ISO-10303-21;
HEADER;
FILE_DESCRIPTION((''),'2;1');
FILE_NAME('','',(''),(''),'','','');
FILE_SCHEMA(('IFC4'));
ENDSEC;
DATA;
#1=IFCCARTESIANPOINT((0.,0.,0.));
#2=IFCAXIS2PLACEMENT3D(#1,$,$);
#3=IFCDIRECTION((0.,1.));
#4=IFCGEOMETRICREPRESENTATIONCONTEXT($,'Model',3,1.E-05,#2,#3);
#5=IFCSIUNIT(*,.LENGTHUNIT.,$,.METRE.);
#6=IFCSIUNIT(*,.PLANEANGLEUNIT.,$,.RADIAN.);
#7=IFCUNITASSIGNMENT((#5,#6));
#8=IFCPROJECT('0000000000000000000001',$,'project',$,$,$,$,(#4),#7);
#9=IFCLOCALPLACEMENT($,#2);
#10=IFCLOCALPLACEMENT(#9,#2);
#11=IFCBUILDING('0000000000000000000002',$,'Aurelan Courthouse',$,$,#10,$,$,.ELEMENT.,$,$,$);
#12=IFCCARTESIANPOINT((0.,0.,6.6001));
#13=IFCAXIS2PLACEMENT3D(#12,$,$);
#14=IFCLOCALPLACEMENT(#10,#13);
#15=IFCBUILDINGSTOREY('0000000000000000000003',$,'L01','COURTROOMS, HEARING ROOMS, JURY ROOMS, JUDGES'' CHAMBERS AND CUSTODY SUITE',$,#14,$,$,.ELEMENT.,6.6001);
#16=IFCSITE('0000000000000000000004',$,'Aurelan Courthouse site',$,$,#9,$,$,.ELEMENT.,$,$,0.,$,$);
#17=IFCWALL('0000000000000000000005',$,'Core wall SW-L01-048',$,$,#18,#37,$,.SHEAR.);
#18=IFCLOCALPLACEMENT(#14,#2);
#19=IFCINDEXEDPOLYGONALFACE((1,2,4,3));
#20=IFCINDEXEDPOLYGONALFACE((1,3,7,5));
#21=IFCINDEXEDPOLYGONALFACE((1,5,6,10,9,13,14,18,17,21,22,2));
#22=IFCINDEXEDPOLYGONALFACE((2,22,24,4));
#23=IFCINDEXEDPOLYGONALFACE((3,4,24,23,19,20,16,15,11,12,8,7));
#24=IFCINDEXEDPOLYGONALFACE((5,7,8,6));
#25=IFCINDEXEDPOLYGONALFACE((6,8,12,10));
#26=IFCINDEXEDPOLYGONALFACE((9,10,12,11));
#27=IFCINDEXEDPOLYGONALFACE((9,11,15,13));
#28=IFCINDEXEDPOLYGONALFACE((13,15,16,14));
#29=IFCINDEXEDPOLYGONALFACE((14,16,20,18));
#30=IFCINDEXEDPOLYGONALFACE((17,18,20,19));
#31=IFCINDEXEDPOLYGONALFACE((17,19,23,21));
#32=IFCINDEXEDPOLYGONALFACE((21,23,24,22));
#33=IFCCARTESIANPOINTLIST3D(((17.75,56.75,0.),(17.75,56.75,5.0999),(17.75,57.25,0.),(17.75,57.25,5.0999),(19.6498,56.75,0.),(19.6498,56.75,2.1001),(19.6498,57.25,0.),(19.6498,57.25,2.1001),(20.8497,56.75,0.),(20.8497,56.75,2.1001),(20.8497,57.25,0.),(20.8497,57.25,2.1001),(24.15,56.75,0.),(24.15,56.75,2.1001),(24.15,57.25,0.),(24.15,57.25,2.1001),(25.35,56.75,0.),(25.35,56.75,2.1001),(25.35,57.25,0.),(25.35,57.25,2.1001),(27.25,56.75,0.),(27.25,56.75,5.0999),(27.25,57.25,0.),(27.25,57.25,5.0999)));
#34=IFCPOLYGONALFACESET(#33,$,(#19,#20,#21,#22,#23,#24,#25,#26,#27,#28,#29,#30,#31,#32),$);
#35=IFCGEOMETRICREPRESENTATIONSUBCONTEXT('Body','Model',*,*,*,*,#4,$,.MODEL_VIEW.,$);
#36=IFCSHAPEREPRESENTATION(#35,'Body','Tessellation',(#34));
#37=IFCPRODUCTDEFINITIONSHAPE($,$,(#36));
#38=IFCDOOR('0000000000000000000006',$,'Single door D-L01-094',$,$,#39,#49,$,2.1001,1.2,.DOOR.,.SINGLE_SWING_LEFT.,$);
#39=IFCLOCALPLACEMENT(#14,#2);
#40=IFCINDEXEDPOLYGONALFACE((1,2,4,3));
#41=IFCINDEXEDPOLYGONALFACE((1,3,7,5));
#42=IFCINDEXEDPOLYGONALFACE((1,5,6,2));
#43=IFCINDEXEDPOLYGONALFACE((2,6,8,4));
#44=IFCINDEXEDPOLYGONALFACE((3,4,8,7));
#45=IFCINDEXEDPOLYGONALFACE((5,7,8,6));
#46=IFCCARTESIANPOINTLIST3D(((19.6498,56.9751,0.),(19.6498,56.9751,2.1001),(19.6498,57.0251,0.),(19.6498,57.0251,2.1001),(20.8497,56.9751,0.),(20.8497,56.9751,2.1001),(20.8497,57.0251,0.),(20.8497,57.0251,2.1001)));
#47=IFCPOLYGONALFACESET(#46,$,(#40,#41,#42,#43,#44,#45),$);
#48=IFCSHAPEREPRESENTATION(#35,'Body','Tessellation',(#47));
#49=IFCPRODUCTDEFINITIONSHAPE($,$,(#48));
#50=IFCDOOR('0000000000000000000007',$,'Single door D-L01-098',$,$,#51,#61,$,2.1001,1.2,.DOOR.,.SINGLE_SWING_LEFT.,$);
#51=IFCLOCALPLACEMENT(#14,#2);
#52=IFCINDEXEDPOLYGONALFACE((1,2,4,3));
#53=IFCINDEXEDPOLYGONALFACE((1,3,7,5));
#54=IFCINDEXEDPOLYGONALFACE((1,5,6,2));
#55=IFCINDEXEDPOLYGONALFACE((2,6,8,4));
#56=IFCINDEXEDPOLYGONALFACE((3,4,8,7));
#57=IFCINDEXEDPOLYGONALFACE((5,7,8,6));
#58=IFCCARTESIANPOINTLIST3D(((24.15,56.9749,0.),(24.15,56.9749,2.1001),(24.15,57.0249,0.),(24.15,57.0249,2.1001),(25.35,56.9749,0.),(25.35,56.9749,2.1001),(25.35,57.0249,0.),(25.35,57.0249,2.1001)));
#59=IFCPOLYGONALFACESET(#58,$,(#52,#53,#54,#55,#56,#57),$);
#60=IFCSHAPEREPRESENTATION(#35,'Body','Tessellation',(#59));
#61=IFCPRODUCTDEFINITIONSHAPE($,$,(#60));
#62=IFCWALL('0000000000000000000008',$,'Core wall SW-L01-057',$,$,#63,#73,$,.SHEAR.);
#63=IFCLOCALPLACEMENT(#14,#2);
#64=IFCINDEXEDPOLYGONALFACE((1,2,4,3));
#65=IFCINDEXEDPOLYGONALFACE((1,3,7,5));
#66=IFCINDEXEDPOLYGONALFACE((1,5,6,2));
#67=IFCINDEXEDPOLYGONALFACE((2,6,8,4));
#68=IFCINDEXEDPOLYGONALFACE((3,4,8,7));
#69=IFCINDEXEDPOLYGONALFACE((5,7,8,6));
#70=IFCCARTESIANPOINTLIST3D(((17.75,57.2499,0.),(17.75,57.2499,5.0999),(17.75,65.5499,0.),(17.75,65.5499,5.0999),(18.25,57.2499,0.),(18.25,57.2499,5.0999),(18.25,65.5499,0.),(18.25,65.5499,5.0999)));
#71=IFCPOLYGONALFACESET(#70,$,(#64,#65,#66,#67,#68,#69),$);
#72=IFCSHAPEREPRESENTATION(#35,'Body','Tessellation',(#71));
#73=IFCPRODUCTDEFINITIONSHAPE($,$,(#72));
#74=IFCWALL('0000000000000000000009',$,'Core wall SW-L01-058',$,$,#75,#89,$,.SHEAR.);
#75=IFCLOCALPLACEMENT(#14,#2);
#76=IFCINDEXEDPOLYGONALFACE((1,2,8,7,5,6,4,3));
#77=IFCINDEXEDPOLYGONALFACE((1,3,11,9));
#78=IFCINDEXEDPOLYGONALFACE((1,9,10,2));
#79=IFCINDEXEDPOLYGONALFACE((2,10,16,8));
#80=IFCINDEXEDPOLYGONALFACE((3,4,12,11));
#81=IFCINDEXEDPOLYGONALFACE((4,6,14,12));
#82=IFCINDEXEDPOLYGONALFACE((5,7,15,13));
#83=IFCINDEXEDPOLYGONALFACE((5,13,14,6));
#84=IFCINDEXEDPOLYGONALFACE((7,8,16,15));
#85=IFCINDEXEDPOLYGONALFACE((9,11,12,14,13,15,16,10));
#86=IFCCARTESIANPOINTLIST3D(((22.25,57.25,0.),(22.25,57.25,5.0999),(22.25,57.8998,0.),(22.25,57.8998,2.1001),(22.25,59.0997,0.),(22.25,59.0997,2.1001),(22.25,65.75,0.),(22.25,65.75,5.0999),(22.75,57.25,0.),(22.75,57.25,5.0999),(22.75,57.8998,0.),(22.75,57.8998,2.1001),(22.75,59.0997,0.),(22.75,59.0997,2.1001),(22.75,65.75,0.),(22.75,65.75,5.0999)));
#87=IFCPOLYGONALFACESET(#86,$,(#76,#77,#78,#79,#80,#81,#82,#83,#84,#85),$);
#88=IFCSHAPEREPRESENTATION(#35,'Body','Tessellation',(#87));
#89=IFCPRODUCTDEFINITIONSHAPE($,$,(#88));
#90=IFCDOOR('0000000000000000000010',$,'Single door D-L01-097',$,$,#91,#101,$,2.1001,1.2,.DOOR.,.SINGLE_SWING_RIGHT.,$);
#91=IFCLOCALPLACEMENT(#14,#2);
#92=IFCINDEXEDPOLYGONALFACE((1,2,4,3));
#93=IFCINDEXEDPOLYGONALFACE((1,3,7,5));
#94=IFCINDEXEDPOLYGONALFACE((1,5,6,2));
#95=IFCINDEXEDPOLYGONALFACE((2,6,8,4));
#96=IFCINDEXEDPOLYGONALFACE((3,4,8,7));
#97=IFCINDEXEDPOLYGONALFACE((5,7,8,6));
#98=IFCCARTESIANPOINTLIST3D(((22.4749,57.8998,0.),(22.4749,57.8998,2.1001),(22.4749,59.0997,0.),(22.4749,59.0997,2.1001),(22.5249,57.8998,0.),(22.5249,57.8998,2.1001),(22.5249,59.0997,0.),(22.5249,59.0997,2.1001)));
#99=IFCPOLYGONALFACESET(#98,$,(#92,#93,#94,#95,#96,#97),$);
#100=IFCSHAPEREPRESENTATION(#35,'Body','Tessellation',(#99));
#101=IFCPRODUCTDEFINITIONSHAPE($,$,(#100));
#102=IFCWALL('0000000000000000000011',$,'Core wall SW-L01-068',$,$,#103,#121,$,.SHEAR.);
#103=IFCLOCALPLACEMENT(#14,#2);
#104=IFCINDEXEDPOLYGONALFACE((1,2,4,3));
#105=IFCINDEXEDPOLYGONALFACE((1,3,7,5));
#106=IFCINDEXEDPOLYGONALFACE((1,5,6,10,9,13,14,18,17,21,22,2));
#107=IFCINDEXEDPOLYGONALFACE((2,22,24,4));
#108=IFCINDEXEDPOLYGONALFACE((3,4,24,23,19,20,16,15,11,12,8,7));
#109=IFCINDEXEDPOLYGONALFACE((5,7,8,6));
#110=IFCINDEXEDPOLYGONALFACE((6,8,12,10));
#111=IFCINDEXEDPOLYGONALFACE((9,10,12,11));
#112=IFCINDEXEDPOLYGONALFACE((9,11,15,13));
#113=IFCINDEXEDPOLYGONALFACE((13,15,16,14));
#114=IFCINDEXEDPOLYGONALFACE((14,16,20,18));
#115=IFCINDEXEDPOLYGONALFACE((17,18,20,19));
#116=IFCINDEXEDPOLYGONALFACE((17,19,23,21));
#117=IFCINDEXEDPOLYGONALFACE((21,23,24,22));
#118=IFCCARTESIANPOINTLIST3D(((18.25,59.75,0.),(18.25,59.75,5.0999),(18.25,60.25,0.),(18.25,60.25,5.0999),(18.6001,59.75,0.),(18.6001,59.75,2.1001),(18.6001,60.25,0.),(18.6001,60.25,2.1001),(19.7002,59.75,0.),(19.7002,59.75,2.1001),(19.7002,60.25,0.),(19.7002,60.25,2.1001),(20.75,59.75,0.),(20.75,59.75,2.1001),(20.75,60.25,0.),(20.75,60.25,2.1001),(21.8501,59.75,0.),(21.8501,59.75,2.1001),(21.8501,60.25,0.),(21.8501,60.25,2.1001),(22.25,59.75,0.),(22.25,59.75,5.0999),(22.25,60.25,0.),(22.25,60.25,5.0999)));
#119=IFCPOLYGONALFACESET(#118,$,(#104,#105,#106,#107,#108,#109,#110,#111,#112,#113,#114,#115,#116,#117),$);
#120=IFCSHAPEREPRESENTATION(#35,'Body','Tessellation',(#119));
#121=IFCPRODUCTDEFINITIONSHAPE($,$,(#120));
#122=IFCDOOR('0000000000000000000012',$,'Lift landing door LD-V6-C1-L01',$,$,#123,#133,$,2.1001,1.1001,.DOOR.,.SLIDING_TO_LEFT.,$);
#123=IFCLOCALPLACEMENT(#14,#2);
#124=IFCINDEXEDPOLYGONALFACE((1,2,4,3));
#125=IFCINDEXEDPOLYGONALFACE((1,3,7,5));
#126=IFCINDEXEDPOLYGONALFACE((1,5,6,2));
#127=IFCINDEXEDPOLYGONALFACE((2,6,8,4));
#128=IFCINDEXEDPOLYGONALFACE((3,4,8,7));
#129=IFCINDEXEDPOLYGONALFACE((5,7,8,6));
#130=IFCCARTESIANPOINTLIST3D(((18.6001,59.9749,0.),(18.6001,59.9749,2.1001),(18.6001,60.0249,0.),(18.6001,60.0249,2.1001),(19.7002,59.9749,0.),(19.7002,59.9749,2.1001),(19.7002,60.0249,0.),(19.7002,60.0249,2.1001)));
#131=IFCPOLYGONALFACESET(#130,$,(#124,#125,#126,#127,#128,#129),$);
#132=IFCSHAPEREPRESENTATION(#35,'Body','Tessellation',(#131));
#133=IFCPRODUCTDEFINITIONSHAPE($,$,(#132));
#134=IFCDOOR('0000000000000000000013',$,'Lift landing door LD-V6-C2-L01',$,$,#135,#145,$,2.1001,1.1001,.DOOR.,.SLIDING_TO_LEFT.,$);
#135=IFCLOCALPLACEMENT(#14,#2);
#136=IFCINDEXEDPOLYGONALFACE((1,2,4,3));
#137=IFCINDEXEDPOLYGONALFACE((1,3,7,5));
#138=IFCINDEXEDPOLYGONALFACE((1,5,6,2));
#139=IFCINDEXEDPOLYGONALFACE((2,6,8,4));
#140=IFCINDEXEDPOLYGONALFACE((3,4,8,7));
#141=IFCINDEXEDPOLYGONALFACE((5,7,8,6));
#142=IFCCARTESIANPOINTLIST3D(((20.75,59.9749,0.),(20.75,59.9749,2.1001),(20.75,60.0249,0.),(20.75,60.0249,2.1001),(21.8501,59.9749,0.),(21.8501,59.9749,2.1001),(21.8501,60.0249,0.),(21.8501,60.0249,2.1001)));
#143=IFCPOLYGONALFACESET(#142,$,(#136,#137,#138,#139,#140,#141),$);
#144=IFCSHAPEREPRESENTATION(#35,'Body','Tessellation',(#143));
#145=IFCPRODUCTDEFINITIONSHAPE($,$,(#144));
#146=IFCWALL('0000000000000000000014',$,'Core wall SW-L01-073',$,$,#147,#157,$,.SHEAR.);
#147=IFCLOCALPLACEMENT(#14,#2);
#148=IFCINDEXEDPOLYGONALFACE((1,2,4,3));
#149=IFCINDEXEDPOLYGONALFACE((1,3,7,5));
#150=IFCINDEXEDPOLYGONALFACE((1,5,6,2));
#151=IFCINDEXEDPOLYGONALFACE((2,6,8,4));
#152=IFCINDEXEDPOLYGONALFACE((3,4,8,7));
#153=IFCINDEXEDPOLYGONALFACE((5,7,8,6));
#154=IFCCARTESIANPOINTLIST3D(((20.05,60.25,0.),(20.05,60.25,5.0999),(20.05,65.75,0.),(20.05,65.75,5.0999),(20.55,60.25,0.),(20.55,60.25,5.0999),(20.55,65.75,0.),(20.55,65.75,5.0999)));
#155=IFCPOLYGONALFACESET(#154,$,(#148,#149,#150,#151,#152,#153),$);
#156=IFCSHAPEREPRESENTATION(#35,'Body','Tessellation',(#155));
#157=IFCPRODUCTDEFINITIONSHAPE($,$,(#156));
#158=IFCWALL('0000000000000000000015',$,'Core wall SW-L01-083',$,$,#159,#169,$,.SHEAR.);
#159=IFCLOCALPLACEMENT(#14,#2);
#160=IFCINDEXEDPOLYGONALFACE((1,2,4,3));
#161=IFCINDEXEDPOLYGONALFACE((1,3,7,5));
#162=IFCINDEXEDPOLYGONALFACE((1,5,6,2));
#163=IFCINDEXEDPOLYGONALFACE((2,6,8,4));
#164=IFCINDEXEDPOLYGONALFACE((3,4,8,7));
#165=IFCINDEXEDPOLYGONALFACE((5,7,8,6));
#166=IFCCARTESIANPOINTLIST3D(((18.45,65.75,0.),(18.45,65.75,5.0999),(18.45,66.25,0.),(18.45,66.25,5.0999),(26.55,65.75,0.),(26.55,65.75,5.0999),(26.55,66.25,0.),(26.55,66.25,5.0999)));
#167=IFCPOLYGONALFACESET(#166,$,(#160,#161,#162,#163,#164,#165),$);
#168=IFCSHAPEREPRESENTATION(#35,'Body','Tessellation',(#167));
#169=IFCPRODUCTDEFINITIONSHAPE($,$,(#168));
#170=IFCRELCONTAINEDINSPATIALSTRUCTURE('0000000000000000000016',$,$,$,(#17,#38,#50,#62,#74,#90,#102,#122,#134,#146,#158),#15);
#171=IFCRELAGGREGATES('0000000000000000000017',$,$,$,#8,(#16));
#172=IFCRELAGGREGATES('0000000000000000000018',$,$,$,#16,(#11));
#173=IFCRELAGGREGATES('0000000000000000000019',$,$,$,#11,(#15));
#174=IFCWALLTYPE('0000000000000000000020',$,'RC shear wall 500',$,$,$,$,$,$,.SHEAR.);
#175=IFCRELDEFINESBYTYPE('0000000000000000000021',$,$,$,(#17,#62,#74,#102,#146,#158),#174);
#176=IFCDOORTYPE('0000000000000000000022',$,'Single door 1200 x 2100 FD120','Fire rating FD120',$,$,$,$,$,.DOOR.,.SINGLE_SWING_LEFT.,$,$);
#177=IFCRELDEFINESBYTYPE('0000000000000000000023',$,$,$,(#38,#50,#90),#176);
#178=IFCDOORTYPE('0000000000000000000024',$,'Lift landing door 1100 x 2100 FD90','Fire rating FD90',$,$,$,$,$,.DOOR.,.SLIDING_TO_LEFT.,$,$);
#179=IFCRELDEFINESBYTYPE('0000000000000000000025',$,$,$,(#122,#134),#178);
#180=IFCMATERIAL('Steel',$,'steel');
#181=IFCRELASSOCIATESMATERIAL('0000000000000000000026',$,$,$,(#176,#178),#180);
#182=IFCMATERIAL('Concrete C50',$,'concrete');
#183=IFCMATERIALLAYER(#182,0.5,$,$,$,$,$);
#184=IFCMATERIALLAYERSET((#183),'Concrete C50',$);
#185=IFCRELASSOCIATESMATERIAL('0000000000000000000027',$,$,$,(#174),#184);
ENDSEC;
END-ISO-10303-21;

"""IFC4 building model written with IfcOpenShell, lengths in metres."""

from ifc_helpers import new_model, si_unit, direction, frame, frame_2d, origin, place, context, subcontext, project, spatial, rectangle, extrude, material, layer, layer_set, type_object, element, fill, save


model = new_model("IFC4")

# Units and contexts
model_context = context("Model", 3, precision=1e-05, world=origin(), true_north=direction((0.0, 1.0)))
body_context = subcontext(model_context, "Body", "Model", "MODEL_VIEW")
ifc_project = project(units=[si_unit("LENGTHUNIT", "METRE"), si_unit("PLANEANGLEUNIT", "RADIAN")], contexts=[model_context])

# Site, building, storey
site_placement = place(None, origin())
site = spatial("IfcSite", under=ifc_project, at=site_placement, Name="Aurelan Courthouse site", CompositionType="ELEMENT", RefElevation=0.0)
building_placement = place(site_placement, origin())
building = spatial("IfcBuilding", under=site, at=building_placement, Name="Aurelan Courthouse", CompositionType="ELEMENT")
storey_placement = place(building_placement, frame((0.0, 0.0, 6.6001)))
storey = spatial("IfcBuildingStorey", under=building, at=storey_placement, Name="L01", Description="COURTROOMS, HEARING ROOMS, JURY ROOMS, JUDGES' CHAMBERS AND CUSTODY SUITE", CompositionType="ELEMENT", Elevation=6.6001)

# Shared definitions
ifc_material_1 = material(Name="Concrete C50", Category="concrete")

# Wall, openings, doors
ifc_material_2 = material(Name="Steel", Category="steel")
door_type_1 = type_object("IfcDoorType", Name="Single door 1200 x 2100 FD120", Description="Fire rating FD120", OperationType="SINGLE_SWING_LEFT", PredefinedType="DOOR", material=ifc_material_2)
ifc_layer_1 = layer(ifc_material_1, 0.5)
ifc_layer_set_1 = layer_set([ifc_layer_1], Name="Concrete C50")
wall_type_1 = type_object("IfcWallType", Name="RC shear wall 500", PredefinedType="SHEAR", material=ifc_layer_set_1)
wall_1_placement = place(storey_placement, frame((17.75, 57.0, 0.0), z_axis=(0.0, 0.0, 1.0), x_axis=(1.0, 0.0, 0.0)))
wall_1 = element("IfcWall", 1, at=wall_1_placement, inside=storey, type_object=wall_type_1, Name="Core wall SW-L01-048", PredefinedType="SHEAR", context=body_context, shape_type="SweptSolid", body=[
    extrude(rectangle(XDim=9.5, YDim=0.5, at=frame_2d((4.75, 0.0))), origin(), (0.0, 0.0, 1.0), 5.0999),
])
opening_1_placement = place(wall_1_placement, frame((3.0999, 0.0, 0.0), z_axis=(0.0, 0.0, 1.0), x_axis=(-1.0, 0.0, 0.0)))
opening_1 = element("IfcOpeningElement", 2, at=opening_1_placement, cuts=wall_1, PredefinedType="OPENING", context=body_context, shape_type="SweptSolid", body=[
    extrude(rectangle(XDim=1.2, YDim=2.1001, at=frame_2d((0.6001, 1.05))), frame((0.0, 0.26, 0.0), z_axis=(0.0, -1.0, 0.0), x_axis=(1.0, 0.0, 0.0)), (0.0, 0.0, 1.0), 0.52),
])
opening_2_placement = place(wall_1_placement, frame((6.3999, 0.0, 0.0)))
opening_2 = element("IfcOpeningElement", 3, at=opening_2_placement, cuts=wall_1, PredefinedType="OPENING", context=body_context, shape_type="SweptSolid", body=[
    extrude(rectangle(XDim=1.2, YDim=2.1001, at=frame_2d((0.6001, 1.05))), frame((0.0, 0.26, 0.0), z_axis=(0.0, -1.0, 0.0), x_axis=(1.0, 0.0, 0.0)), (0.0, 0.0, 1.0), 0.52),
])
door_1_placement = place(opening_1_placement, origin())
door_1 = element("IfcDoor", 4, at=door_1_placement, inside=storey, type_object=door_type_1, Name="Single door D-L01-094", OperationType="SINGLE_SWING_LEFT", OverallHeight=2.1001, OverallWidth=1.2, PredefinedType="DOOR", context=body_context, shape_type="SweptSolid", body=[
    extrude(rectangle(XDim=1.2, YDim=2.1001, at=frame_2d((0.6001, 1.05))), frame((0.0, 0.0249, 0.0), z_axis=(0.0, -1.0, 0.0), x_axis=(1.0, 0.0, 0.0)), (0.0, 0.0, 1.0), 0.05),
])
fill(opening_1, door_1)
door_2_placement = place(opening_2_placement, origin())
door_2 = element("IfcDoor", 5, at=door_2_placement, inside=storey, type_object=door_type_1, Name="Single door D-L01-098", OperationType="SINGLE_SWING_LEFT", OverallHeight=2.1001, OverallWidth=1.2, PredefinedType="DOOR", context=body_context, shape_type="SweptSolid", body=[
    extrude(rectangle(XDim=1.2, YDim=2.1001, at=frame_2d((0.6001, 1.05))), frame((0.0, 0.0249, 0.0), z_axis=(0.0, -1.0, 0.0), x_axis=(1.0, 0.0, 0.0)), (0.0, 0.0, 1.0), 0.05),
])
fill(opening_2, door_2)

# Wall
wall_2_placement = place(storey_placement, frame((18.0, 57.25, 0.0), z_axis=(0.0, 0.0, 1.0), x_axis=(0.0, 1.0, 0.0)))
element("IfcWall", 6, at=wall_2_placement, inside=storey, type_object=wall_type_1, Name="Core wall SW-L01-057", PredefinedType="SHEAR", context=body_context, shape_type="SweptSolid", body=[
    extrude(rectangle(XDim=8.3, YDim=0.5, at=frame_2d((4.1499, 0.0))), origin(), (0.0, 0.0, 1.0), 5.0999),
])

# Wall, opening, door
wall_3_placement = place(storey_placement, frame((22.5, 57.25, 0.0), z_axis=(0.0, 0.0, 1.0), x_axis=(0.0, 1.0, 0.0)))
wall_3 = element("IfcWall", 7, at=wall_3_placement, inside=storey, type_object=wall_type_1, Name="Core wall SW-L01-058", PredefinedType="SHEAR", context=body_context, shape_type="SweptSolid", body=[
    extrude(rectangle(XDim=8.5, YDim=0.5, at=frame_2d((4.25, 0.0))), origin(), (0.0, 0.0, 1.0), 5.0999),
])
opening_3_placement = place(wall_3_placement, frame((1.8499, 0.0, 0.0), z_axis=(0.0, 0.0, 1.0), x_axis=(-1.0, 0.0, 0.0)))
opening_3 = element("IfcOpeningElement", 8, at=opening_3_placement, cuts=wall_3, PredefinedType="OPENING", context=body_context, shape_type="SweptSolid", body=[
    extrude(rectangle(XDim=1.2, YDim=2.1001, at=frame_2d((0.6001, 1.05))), frame((0.0, 0.26, 0.0), z_axis=(0.0, -1.0, 0.0), x_axis=(1.0, 0.0, 0.0)), (0.0, 0.0, 1.0), 0.52),
])
door_3_placement = place(opening_3_placement, origin())
door_3 = element("IfcDoor", 9, at=door_3_placement, inside=storey, type_object=door_type_1, Name="Single door D-L01-097", OperationType="SINGLE_SWING_RIGHT", OverallHeight=2.1001, OverallWidth=1.2, PredefinedType="DOOR", context=body_context, shape_type="SweptSolid", body=[
    extrude(rectangle(XDim=1.2, YDim=2.1001, at=frame_2d((0.6001, 1.05))), frame((0.0, 0.0249, 0.0), z_axis=(0.0, -1.0, 0.0), x_axis=(1.0, 0.0, 0.0)), (0.0, 0.0, 1.0), 0.05),
])
fill(opening_3, door_3)

# Wall, openings, doors
wall_4_placement = place(storey_placement, frame((18.25, 60.0, 0.0), z_axis=(0.0, 0.0, 1.0), x_axis=(1.0, 0.0, 0.0)))
wall_4 = element("IfcWall", 10, at=wall_4_placement, inside=storey, type_object=wall_type_1, Name="Core wall SW-L01-068", PredefinedType="SHEAR", context=body_context, shape_type="SweptSolid", body=[
    extrude(rectangle(XDim=4.0, YDim=0.5, at=frame_2d((2.0, 0.0))), origin(), (0.0, 0.0, 1.0), 5.0999),
])
opening_4_placement = place(wall_4_placement, frame((0.3501, 0.0, 0.0)))
opening_4 = element("IfcOpeningElement", 11, at=opening_4_placement, cuts=wall_4, PredefinedType="OPENING", context=body_context, shape_type="SweptSolid", body=[
    extrude(rectangle(XDim=1.1001, YDim=2.1001, at=frame_2d((0.55, 1.05))), frame((0.0, 0.26, 0.0), z_axis=(0.0, -1.0, 0.0), x_axis=(1.0, 0.0, 0.0)), (0.0, 0.0, 1.0), 0.52),
])
opening_5_placement = place(wall_4_placement, frame((2.5, 0.0, 0.0)))
opening_5 = element("IfcOpeningElement", 12, at=opening_5_placement, cuts=wall_4, PredefinedType="OPENING", context=body_context, shape_type="SweptSolid", body=[
    extrude(rectangle(XDim=1.1001, YDim=2.1001, at=frame_2d((0.55, 1.05))), frame((0.0, 0.26, 0.0), z_axis=(0.0, -1.0, 0.0), x_axis=(1.0, 0.0, 0.0)), (0.0, 0.0, 1.0), 0.52),
])
door_type_2 = type_object("IfcDoorType", Name="Lift landing door 1100 x 2100 FD90", Description="Fire rating FD90", OperationType="SLIDING_TO_LEFT", PredefinedType="DOOR", material=ifc_material_2)
door_4_placement = place(opening_4_placement, origin())
door_4 = element("IfcDoor", 13, at=door_4_placement, inside=storey, type_object=door_type_2, Name="Lift landing door LD-V6-C1-L01", OperationType="SLIDING_TO_LEFT", OverallHeight=2.1001, OverallWidth=1.1001, PredefinedType="DOOR", context=body_context, shape_type="SweptSolid", body=[
    extrude(rectangle(XDim=1.1001, YDim=2.1001, at=frame_2d((0.55, 1.05))), frame((0.0, 0.0249, 0.0), z_axis=(0.0, -1.0, 0.0), x_axis=(1.0, 0.0, 0.0)), (0.0, 0.0, 1.0), 0.05),
])
fill(opening_4, door_4)
door_5_placement = place(opening_5_placement, origin())
door_5 = element("IfcDoor", 14, at=door_5_placement, inside=storey, type_object=door_type_2, Name="Lift landing door LD-V6-C2-L01", OperationType="SLIDING_TO_LEFT", OverallHeight=2.1001, OverallWidth=1.1001, PredefinedType="DOOR", context=body_context, shape_type="SweptSolid", body=[
    extrude(rectangle(XDim=1.1001, YDim=2.1001, at=frame_2d((0.55, 1.05))), frame((0.0, 0.0249, 0.0), z_axis=(0.0, -1.0, 0.0), x_axis=(1.0, 0.0, 0.0)), (0.0, 0.0, 1.0), 0.05),
])
fill(opening_5, door_5)

# Walls
wall_5_placement = place(storey_placement, frame((20.3, 60.25, 0.0), z_axis=(0.0, 0.0, 1.0), x_axis=(0.0, 1.0, 0.0)))
element("IfcWall", 15, at=wall_5_placement, inside=storey, type_object=wall_type_1, Name="Core wall SW-L01-073", PredefinedType="SHEAR", context=body_context, shape_type="SweptSolid", body=[
    extrude(rectangle(XDim=5.5, YDim=0.5, at=frame_2d((2.75, 0.0))), origin(), (0.0, 0.0, 1.0), 5.0999),
])
wall_6_placement = place(storey_placement, frame((18.45, 66.0, 0.0), z_axis=(0.0, 0.0, 1.0), x_axis=(1.0, 0.0, 0.0)))
element("IfcWall", 16, at=wall_6_placement, inside=storey, type_object=wall_type_1, Name="Core wall SW-L01-083", PredefinedType="SHEAR", context=body_context, shape_type="SweptSolid", body=[
    extrude(rectangle(XDim=8.1001, YDim=0.5, at=frame_2d((4.05, 0.0))), origin(), (0.0, 0.0, 1.0), 5.0999),
])

save(model, "model.ifc")
